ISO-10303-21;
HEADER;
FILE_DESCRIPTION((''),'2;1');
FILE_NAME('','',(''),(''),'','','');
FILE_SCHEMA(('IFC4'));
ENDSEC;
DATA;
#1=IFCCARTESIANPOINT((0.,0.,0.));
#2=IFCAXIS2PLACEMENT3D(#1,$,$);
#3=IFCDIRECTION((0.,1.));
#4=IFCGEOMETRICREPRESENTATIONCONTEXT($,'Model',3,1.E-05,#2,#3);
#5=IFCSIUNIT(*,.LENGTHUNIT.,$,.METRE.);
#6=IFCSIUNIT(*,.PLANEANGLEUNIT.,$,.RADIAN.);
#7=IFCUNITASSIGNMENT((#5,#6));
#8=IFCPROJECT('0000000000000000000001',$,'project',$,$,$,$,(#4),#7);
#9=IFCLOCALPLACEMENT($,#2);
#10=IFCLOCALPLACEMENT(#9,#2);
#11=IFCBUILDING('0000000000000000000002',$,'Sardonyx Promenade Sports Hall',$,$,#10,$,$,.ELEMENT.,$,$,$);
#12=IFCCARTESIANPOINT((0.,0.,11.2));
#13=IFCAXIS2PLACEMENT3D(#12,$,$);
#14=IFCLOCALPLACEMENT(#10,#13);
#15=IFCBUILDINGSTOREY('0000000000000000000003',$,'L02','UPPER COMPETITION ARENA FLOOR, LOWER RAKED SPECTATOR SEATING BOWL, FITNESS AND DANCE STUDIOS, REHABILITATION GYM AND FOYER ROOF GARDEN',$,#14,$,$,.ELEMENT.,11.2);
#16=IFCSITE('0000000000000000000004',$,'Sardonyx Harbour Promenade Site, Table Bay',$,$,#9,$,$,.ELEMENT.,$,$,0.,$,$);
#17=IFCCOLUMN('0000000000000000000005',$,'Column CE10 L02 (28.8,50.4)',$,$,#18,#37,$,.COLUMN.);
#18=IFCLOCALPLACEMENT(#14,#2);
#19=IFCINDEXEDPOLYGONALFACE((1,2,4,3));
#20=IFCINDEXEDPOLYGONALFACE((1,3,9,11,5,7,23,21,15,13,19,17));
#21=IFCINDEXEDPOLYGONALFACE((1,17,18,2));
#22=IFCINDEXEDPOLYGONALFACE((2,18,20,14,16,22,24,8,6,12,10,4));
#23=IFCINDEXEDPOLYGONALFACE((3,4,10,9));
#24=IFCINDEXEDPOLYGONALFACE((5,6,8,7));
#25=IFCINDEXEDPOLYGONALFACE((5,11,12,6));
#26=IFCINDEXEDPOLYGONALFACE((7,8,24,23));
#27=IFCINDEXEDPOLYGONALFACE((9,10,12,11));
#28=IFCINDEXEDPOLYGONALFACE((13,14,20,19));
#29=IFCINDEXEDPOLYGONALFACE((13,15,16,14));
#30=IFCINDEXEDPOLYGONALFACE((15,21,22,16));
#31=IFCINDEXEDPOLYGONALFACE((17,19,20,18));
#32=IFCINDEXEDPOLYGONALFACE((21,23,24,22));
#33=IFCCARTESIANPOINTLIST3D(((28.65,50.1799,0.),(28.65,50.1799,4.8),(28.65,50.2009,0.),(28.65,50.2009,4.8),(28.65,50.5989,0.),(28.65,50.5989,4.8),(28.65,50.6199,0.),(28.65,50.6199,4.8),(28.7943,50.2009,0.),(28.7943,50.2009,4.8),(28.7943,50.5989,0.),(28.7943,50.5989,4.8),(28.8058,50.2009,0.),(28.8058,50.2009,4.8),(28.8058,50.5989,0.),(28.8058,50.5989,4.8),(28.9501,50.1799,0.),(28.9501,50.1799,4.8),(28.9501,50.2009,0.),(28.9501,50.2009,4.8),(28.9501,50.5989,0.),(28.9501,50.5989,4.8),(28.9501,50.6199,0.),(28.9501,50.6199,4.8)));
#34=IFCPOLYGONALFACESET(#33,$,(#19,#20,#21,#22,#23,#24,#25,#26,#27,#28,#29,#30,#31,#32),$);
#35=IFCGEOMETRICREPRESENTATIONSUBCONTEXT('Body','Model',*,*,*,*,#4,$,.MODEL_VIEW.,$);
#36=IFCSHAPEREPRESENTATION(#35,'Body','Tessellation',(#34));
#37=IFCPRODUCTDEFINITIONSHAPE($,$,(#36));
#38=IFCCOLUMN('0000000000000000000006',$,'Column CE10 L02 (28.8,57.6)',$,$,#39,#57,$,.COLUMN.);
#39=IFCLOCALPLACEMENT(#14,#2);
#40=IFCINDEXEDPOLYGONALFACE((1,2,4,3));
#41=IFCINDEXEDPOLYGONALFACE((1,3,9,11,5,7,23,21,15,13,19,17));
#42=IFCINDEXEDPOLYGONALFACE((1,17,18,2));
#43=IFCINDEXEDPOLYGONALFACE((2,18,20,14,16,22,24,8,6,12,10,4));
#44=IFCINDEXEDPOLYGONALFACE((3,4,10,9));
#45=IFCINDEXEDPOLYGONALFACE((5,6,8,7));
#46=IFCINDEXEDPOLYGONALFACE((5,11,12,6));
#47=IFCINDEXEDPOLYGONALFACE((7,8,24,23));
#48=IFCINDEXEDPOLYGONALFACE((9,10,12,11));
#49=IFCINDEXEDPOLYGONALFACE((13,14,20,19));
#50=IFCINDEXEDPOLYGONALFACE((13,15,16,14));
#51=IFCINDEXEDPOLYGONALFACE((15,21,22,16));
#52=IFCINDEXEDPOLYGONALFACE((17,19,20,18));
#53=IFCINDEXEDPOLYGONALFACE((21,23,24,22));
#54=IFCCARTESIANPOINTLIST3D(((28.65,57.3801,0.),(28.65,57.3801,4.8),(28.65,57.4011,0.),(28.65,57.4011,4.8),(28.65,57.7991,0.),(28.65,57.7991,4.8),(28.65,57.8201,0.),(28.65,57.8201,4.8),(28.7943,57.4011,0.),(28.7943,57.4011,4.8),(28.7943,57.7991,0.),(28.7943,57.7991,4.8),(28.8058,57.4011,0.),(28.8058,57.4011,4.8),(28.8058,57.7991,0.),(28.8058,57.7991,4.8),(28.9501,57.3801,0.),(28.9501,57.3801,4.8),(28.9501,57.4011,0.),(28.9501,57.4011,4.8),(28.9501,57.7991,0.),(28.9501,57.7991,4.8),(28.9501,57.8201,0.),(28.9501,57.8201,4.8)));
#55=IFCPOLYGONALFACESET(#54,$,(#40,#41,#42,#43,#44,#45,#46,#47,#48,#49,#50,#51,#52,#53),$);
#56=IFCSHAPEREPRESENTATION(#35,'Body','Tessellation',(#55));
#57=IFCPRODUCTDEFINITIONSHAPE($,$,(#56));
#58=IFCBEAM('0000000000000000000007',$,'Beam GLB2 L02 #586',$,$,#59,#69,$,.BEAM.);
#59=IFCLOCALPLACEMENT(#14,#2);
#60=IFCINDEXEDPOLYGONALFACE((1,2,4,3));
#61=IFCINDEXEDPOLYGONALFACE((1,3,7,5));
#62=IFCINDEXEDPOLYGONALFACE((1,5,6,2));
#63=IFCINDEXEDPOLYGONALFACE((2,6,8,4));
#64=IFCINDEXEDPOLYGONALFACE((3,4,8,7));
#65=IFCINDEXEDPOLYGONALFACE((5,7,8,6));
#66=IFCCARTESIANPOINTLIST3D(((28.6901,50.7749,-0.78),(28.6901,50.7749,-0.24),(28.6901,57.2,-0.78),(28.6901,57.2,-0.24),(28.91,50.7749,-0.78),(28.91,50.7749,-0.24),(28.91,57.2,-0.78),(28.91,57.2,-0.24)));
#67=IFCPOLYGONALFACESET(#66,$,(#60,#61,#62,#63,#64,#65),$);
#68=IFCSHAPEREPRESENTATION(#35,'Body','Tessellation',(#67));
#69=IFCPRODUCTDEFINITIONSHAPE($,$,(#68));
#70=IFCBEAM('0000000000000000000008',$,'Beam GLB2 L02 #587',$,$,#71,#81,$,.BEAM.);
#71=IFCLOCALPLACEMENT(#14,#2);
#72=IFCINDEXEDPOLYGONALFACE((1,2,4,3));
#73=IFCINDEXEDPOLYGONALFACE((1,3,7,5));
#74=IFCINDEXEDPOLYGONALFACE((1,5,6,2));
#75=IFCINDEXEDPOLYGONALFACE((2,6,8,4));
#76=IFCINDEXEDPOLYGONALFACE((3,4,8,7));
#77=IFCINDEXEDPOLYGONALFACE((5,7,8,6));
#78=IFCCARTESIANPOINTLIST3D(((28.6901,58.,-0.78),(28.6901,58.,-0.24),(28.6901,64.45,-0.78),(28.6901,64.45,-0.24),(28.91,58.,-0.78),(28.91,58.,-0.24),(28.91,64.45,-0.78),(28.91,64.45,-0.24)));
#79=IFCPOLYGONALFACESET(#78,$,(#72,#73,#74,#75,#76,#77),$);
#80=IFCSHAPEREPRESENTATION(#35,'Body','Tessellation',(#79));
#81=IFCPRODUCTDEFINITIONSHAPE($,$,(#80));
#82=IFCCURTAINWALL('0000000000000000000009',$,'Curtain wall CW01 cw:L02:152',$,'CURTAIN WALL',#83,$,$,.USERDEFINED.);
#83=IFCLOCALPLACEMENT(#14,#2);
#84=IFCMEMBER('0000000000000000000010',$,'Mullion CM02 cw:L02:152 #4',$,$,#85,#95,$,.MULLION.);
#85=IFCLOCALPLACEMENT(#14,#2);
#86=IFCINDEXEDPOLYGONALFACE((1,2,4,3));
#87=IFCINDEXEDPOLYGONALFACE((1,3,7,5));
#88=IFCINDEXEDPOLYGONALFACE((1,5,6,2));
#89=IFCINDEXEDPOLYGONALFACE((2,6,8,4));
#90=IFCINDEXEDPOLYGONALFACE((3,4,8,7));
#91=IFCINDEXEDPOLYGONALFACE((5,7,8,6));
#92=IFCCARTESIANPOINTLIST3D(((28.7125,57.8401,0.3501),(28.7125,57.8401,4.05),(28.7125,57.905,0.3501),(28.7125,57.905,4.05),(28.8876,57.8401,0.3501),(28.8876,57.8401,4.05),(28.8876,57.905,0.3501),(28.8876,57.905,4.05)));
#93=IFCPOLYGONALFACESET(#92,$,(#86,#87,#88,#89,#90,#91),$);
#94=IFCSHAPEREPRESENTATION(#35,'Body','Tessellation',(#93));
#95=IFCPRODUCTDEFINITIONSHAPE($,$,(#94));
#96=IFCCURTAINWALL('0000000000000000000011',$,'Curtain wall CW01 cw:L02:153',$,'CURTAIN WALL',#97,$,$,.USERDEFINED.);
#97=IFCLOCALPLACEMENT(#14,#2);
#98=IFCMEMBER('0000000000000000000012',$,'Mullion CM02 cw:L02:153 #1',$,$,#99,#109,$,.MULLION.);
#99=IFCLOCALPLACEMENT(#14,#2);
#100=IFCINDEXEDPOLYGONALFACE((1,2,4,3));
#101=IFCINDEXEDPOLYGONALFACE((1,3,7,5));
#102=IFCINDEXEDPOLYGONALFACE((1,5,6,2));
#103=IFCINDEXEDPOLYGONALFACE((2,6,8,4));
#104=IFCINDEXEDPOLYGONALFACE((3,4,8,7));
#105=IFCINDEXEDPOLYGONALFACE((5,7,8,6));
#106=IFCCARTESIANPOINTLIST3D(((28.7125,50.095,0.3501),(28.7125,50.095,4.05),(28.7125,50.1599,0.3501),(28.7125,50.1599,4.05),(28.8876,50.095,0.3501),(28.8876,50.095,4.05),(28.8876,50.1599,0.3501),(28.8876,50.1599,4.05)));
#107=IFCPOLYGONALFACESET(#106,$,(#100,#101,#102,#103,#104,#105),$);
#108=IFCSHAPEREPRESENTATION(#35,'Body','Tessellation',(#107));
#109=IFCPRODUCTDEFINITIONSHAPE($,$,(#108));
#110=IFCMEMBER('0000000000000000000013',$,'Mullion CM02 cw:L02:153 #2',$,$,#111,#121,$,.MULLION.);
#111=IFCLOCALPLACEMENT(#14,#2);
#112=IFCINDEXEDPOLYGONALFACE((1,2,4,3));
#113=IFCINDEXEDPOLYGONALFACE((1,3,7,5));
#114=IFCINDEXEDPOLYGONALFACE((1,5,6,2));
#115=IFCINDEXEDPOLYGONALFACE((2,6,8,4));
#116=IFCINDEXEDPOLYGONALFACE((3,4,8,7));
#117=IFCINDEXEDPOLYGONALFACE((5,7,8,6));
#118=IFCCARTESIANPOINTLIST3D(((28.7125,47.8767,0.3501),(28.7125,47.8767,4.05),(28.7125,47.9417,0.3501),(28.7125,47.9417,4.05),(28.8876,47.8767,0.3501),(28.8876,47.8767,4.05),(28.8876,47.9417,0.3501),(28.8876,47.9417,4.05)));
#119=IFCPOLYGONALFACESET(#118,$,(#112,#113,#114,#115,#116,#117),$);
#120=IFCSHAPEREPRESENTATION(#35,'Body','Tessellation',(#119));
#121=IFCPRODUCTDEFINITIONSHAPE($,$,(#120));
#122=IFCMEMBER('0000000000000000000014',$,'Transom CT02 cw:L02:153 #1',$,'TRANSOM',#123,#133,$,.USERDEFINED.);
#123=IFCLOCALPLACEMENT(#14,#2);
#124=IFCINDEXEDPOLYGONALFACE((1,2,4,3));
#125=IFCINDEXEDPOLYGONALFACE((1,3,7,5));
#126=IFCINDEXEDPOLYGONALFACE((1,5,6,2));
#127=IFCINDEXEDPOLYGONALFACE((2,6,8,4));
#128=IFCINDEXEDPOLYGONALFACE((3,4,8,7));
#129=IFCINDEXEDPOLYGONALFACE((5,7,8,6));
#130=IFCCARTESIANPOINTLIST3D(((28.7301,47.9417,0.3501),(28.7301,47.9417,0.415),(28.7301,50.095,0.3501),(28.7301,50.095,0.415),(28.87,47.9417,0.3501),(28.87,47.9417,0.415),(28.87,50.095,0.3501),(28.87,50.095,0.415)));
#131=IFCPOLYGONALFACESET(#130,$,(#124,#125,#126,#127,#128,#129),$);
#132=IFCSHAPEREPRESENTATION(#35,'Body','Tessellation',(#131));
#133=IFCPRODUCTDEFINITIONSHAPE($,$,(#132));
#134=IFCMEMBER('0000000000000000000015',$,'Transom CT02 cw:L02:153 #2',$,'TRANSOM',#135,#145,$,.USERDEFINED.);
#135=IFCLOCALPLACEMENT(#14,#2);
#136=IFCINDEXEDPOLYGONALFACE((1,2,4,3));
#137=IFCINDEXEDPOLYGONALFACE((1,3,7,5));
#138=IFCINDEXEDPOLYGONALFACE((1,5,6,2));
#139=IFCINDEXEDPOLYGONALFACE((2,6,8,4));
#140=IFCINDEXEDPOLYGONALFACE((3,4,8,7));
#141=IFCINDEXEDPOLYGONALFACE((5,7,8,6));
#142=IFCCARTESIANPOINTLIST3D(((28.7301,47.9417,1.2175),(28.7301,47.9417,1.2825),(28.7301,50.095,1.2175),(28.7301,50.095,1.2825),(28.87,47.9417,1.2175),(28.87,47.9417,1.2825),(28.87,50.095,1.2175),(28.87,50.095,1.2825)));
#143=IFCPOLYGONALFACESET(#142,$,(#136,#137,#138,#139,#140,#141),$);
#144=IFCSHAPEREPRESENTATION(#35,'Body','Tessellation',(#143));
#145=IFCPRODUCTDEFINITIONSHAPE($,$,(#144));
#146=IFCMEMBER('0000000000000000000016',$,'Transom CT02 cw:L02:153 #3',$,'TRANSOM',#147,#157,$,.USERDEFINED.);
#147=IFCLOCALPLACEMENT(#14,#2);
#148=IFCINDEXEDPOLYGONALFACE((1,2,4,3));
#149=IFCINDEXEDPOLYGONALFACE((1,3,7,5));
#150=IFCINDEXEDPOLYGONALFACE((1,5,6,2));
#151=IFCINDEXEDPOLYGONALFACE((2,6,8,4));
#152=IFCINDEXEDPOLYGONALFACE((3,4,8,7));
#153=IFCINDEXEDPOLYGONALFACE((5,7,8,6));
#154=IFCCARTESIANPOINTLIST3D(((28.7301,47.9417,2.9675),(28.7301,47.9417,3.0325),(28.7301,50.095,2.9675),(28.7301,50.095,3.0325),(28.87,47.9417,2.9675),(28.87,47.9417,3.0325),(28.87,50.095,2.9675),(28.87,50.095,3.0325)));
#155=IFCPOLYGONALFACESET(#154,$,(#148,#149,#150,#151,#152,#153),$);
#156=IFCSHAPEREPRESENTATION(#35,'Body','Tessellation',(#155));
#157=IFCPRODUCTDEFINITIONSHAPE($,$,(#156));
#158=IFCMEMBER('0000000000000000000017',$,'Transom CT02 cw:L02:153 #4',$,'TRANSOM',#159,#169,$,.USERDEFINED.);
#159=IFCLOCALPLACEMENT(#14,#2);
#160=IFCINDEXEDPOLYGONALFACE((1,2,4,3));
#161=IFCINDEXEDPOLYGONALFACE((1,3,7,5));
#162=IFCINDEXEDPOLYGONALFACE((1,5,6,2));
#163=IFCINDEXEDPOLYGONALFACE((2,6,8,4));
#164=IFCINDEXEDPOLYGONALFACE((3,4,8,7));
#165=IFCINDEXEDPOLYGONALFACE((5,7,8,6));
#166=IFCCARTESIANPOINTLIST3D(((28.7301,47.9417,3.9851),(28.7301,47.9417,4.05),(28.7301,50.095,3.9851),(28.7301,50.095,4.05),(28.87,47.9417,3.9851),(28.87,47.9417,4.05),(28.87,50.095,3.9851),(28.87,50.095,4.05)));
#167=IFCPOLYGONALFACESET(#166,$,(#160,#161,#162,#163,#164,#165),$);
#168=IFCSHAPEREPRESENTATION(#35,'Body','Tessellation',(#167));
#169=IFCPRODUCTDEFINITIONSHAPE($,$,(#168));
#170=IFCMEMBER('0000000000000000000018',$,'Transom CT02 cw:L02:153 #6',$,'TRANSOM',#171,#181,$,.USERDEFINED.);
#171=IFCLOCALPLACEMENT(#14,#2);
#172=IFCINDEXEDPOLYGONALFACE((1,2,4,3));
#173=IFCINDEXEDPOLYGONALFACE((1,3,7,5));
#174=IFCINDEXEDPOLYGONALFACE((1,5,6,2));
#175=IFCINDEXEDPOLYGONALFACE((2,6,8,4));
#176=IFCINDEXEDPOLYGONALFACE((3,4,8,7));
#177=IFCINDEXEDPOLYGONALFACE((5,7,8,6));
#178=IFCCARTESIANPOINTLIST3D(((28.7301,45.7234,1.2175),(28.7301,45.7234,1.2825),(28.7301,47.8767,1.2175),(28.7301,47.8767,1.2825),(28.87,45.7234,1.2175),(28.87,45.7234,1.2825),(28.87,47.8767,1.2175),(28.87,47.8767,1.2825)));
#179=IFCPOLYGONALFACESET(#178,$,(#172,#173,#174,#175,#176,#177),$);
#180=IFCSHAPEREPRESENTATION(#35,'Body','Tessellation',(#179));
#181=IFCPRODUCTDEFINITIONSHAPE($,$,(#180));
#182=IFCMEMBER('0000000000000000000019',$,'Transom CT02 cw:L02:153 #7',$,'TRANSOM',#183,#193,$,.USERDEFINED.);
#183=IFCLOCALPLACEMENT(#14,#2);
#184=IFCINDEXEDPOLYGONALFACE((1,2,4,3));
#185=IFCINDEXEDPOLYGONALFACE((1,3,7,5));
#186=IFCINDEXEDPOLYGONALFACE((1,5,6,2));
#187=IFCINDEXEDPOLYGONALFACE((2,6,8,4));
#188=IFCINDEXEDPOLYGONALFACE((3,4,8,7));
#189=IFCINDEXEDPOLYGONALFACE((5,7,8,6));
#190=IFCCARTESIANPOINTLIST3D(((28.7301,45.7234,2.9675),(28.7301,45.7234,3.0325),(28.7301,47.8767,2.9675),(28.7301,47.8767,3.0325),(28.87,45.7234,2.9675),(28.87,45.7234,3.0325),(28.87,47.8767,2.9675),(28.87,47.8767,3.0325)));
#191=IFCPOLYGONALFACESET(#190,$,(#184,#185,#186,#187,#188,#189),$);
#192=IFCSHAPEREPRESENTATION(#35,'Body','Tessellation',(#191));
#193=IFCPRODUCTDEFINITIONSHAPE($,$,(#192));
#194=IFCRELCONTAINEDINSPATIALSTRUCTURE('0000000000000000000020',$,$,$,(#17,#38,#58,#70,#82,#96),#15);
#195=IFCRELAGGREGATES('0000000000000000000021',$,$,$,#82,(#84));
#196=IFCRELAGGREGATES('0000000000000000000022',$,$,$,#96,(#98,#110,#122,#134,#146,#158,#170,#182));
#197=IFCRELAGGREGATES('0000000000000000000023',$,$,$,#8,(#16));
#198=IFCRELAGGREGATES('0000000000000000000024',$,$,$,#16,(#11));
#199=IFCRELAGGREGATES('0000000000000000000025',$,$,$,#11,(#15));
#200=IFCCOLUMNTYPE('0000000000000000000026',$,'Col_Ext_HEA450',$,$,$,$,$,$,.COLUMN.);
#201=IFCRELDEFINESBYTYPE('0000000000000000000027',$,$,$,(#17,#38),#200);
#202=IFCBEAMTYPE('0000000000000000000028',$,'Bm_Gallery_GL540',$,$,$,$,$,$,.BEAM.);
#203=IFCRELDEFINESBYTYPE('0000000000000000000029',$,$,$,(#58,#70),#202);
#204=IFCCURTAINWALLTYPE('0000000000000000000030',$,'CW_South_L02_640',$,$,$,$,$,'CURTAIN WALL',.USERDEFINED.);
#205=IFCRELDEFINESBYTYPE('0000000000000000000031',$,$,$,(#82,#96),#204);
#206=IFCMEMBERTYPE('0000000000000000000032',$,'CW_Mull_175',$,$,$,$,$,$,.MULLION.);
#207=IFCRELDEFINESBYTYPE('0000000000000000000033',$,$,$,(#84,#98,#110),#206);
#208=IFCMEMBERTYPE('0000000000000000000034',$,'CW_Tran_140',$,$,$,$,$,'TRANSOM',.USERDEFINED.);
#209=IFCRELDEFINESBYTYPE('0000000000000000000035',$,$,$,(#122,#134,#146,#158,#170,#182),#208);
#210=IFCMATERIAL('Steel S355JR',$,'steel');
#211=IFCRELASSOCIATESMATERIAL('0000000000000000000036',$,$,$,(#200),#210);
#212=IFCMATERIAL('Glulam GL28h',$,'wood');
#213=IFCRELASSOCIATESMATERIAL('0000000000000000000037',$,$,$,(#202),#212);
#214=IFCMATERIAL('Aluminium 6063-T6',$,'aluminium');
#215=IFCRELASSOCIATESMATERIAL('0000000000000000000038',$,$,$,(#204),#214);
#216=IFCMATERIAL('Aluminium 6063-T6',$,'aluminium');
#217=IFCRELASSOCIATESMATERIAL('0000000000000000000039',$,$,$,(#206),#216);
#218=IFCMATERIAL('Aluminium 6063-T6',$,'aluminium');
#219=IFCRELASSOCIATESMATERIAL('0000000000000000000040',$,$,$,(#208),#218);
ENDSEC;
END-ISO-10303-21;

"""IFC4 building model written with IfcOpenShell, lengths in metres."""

from ifc_helpers import new_model, si_unit, direction, frame, origin, origin_2d, place, context, subcontext, project, spatial, rectangle, i_section, extrude, material, material_profile, profile_set, type_object, element, aggregate, save


model = new_model("IFC4")

# Units and contexts
model_context = context("Model", 3, precision=1e-05, world=origin(), true_north=direction((0.0, 1.0)))
body_context = subcontext(model_context, "Body", "Model", "MODEL_VIEW")
ifc_project = project(units=[si_unit("LENGTHUNIT", "METRE"), si_unit("PLANEANGLEUNIT", "RADIAN")], contexts=[model_context])

# Site, building, storey
site_placement = place(None, origin())
site = spatial("IfcSite", under=ifc_project, at=site_placement, Name="Sardonyx Harbour Promenade Site, Table Bay", CompositionType="ELEMENT", RefElevation=0.0)
building_placement = place(site_placement, origin())
building = spatial("IfcBuilding", under=site, at=building_placement, Name="Sardonyx Promenade Sports Hall", CompositionType="ELEMENT")
storey_placement = place(building_placement, frame((0.0, 0.0, 11.2)))
storey = spatial("IfcBuildingStorey", under=building, at=storey_placement, Name="L02", Description="UPPER COMPETITION ARENA FLOOR, LOWER RAKED SPECTATOR SEATING BOWL, FITNESS AND DANCE STUDIOS, REHABILITATION GYM AND FOYER ROOF GARDEN", CompositionType="ELEMENT", Elevation=11.2)

# Columns
ifc_material_1 = material(Name="Steel S355JR", Category="steel")
ifc_material_profile_1 = material_profile(ifc_material_1, i_section(OverallWidth=0.3, OverallDepth=0.4399, WebThickness=0.0115, FlangeThickness=0.021, at=origin_2d()))
ifc_profile_set_1 = profile_set([ifc_material_profile_1], Name="Steel S355JR")
column_type = type_object("IfcColumnType", Name="Col_Ext_HEA450", PredefinedType="COLUMN", material=ifc_profile_set_1)
for number, where, z_axis, x_axis, name in (
    (1, (28.8, 50.3999, 0.0), (0.0, 0.0, 1.0), (1.0, 0.0, 0.0), "Column CE10 L02 (28.8,50.4)"),
    (2, (28.8, 57.6001, 0.0), (0.0, 0.0, 1.0), (1.0, 0.0, 0.0), "Column CE10 L02 (28.8,57.6)"),
):
    element("IfcColumn", number, at=place(storey_placement, frame(where, z_axis=z_axis, x_axis=x_axis)), inside=storey, type_object=column_type, Name=name, PredefinedType="COLUMN", context=body_context, shape_type="SweptSolid", body=[
        extrude(i_section(OverallWidth=0.3, OverallDepth=0.4399, WebThickness=0.0115, FlangeThickness=0.021, at=origin_2d()), origin(), (0.0, 0.0, 1.0), 4.8),
    ])

# Beams
ifc_material_2 = material(Name="Glulam GL28h", Category="wood")
ifc_material_profile_2 = material_profile(ifc_material_2, rectangle(XDim=0.22, YDim=0.54, at=origin_2d()))
ifc_profile_set_2 = profile_set([ifc_material_profile_2], Name="Glulam GL28h")
beam_type = type_object("IfcBeamType", Name="Bm_Gallery_GL540", PredefinedType="BEAM", material=ifc_profile_set_2)
beam_1_placement = place(storey_placement, frame((28.8, 50.7749, -0.51), z_axis=(0.0, 1.0, 0.0), x_axis=(-1.0, 0.0, 0.0)))
element("IfcBeam", 3, at=beam_1_placement, inside=storey, type_object=beam_type, Name="Beam GLB2 L02 #586", PredefinedType="BEAM", context=body_context, shape_type="SweptSolid", body=[
    extrude(rectangle(XDim=0.22, YDim=0.54, at=origin_2d()), origin(), (0.0, 0.0, 1.0), 6.425),
])
beam_2_placement = place(storey_placement, frame((28.8, 58.0, -0.51), z_axis=(0.0, 1.0, 0.0), x_axis=(-1.0, 0.0, 0.0)))
element("IfcBeam", 4, at=beam_2_placement, inside=storey, type_object=beam_type, Name="Beam GLB2 L02 #587", PredefinedType="BEAM", context=body_context, shape_type="SweptSolid", body=[
    extrude(rectangle(XDim=0.22, YDim=0.54, at=origin_2d()), origin(), (0.0, 0.0, 1.0), 6.45),
])

# Curtain wall, member
ifc_material_3 = material(Name="Aluminium 6063-T6", Category="aluminium")
curtain_wall_type = type_object("IfcCurtainWallType", Name="CW_South_L02_640", ElementType="CURTAIN WALL", PredefinedType="USERDEFINED", material=ifc_material_3)
curtain_wall_1_placement = place(storey_placement, origin())
curtain_wall_1 = element("IfcCurtainWall", 5, at=curtain_wall_1_placement, inside=storey, type_object=curtain_wall_type, Name="Curtain wall CW01 cw:L02:152", ObjectType="CURTAIN WALL", PredefinedType="USERDEFINED")
ifc_material_4 = material(Name="Aluminium 6063-T6", Category="aluminium")
ifc_material_profile_3 = material_profile(ifc_material_4, rectangle(XDim=0.0649, YDim=0.175, at=origin_2d()))
ifc_profile_set_3 = profile_set([ifc_material_profile_3], Name="Aluminium 6063-T6")
member_type_1 = type_object("IfcMemberType", Name="CW_Mull_175", PredefinedType="MULLION", material=ifc_profile_set_3)
member_1_placement = place(storey_placement, frame((28.8, 57.8726, 0.3501), z_axis=(0.0, 0.0, 1.0), x_axis=(0.0, -1.0, 0.0)))
member_1 = element("IfcMember", 6, at=member_1_placement, type_object=member_type_1, Name="Mullion CM02 cw:L02:152 #4", PredefinedType="MULLION", context=body_context, shape_type="SweptSolid", body=[
    extrude(rectangle(XDim=0.0649, YDim=0.175, at=origin_2d()), origin(), (0.0, 0.0, 1.0), 3.7),
])
aggregate(curtain_wall_1, [member_1])

# Curtain wall, members
curtain_wall_2_placement = place(storey_placement, origin())
curtain_wall_2 = element("IfcCurtainWall", 7, at=curtain_wall_2_placement, inside=storey, type_object=curtain_wall_type, Name="Curtain wall CW01 cw:L02:153", ObjectType="CURTAIN WALL", PredefinedType="USERDEFINED")
member_2_placement = place(storey_placement, frame((28.8, 50.1274, 0.3501), z_axis=(0.0, 0.0, 1.0), x_axis=(0.0, -1.0, 0.0)))
member_2 = element("IfcMember", 8, at=member_2_placement, type_object=member_type_1, Name="Mullion CM02 cw:L02:153 #1", PredefinedType="MULLION", context=body_context, shape_type="SweptSolid", body=[
    extrude(rectangle(XDim=0.0649, YDim=0.175, at=origin_2d()), origin(), (0.0, 0.0, 1.0), 3.7),
])
member_3_placement = place(storey_placement, frame((28.8, 47.9092, 0.3501), z_axis=(0.0, 0.0, 1.0), x_axis=(0.0, -1.0, 0.0)))
member_3 = element("IfcMember", 9, at=member_3_placement, type_object=member_type_1, Name="Mullion CM02 cw:L02:153 #2", PredefinedType="MULLION", context=body_context, shape_type="SweptSolid", body=[
    extrude(rectangle(XDim=0.0649, YDim=0.175, at=origin_2d()), origin(), (0.0, 0.0, 1.0), 3.7),
])
ifc_material_5 = material(Name="Aluminium 6063-T6", Category="aluminium")
ifc_material_profile_4 = material_profile(ifc_material_5, rectangle(XDim=0.0649, YDim=0.1399, at=origin_2d()))
ifc_profile_set_4 = profile_set([ifc_material_profile_4], Name="Aluminium 6063-T6")
member_type_2 = type_object("IfcMemberType", Name="CW_Tran_140", ElementType="TRANSOM", PredefinedType="USERDEFINED", material=ifc_profile_set_4)
member_4_placement = place(storey_placement, frame((28.8, 50.095, 0.3826), z_axis=(0.0, -1.0, 0.0), x_axis=(0.0, 0.0, 1.0)))
member_4 = element("IfcMember", 10, at=member_4_placement, type_object=member_type_2, Name="Transom CT02 cw:L02:153 #1", ObjectType="TRANSOM", PredefinedType="USERDEFINED", context=body_context, shape_type="SweptSolid", body=[
    extrude(rectangle(XDim=0.0649, YDim=0.1399, at=origin_2d()), origin(), (0.0, 0.0, 1.0), 2.1533),
])
member_5_placement = place(storey_placement, frame((28.8, 50.095, 1.25), z_axis=(0.0, -1.0, 0.0), x_axis=(0.0, 0.0, 1.0)))
member_5 = element("IfcMember", 11, at=member_5_placement, type_object=member_type_2, Name="Transom CT02 cw:L02:153 #2", ObjectType="TRANSOM", PredefinedType="USERDEFINED", context=body_context, shape_type="SweptSolid", body=[
    extrude(rectangle(XDim=0.0649, YDim=0.1399, at=origin_2d()), origin(), (0.0, 0.0, 1.0), 2.1533),
])
member_6_placement = place(storey_placement, frame((28.8, 50.095, 3.0), z_axis=(0.0, -1.0, 0.0), x_axis=(0.0, 0.0, 1.0)))
member_6 = element("IfcMember", 12, at=member_6_placement, type_object=member_type_2, Name="Transom CT02 cw:L02:153 #3", ObjectType="TRANSOM", PredefinedType="USERDEFINED", context=body_context, shape_type="SweptSolid", body=[
    extrude(rectangle(XDim=0.0649, YDim=0.1399, at=origin_2d()), origin(), (0.0, 0.0, 1.0), 2.1533),
])
member_7_placement = place(storey_placement, frame((28.8, 50.095, 4.0176), z_axis=(0.0, -1.0, 0.0), x_axis=(0.0, 0.0, 1.0)))
member_7 = element("IfcMember", 13, at=member_7_placement, type_object=member_type_2, Name="Transom CT02 cw:L02:153 #4", ObjectType="TRANSOM", PredefinedType="USERDEFINED", context=body_context, shape_type="SweptSolid", body=[
    extrude(rectangle(XDim=0.0649, YDim=0.1399, at=origin_2d()), origin(), (0.0, 0.0, 1.0), 2.1533),
])
member_8_placement = place(storey_placement, frame((28.8, 47.8767, 1.25), z_axis=(0.0, -1.0, 0.0), x_axis=(0.0, 0.0, 1.0)))
member_8 = element("IfcMember", 14, at=member_8_placement, type_object=member_type_2, Name="Transom CT02 cw:L02:153 #6", ObjectType="TRANSOM", PredefinedType="USERDEFINED", context=body_context, shape_type="SweptSolid", body=[
    extrude(rectangle(XDim=0.0649, YDim=0.1399, at=origin_2d()), origin(), (0.0, 0.0, 1.0), 2.1533),
])
member_9_placement = place(storey_placement, frame((28.8, 47.8767, 3.0), z_axis=(0.0, -1.0, 0.0), x_axis=(0.0, 0.0, 1.0)))
member_9 = element("IfcMember", 15, at=member_9_placement, type_object=member_type_2, Name="Transom CT02 cw:L02:153 #7", ObjectType="TRANSOM", PredefinedType="USERDEFINED", context=body_context, shape_type="SweptSolid", body=[
    extrude(rectangle(XDim=0.0649, YDim=0.1399, at=origin_2d()), origin(), (0.0, 0.0, 1.0), 2.1533),
])
aggregate(curtain_wall_2, [member_2, member_3, member_4, member_5, member_6, member_7, member_8, member_9])

save(model, "model.ifc")
